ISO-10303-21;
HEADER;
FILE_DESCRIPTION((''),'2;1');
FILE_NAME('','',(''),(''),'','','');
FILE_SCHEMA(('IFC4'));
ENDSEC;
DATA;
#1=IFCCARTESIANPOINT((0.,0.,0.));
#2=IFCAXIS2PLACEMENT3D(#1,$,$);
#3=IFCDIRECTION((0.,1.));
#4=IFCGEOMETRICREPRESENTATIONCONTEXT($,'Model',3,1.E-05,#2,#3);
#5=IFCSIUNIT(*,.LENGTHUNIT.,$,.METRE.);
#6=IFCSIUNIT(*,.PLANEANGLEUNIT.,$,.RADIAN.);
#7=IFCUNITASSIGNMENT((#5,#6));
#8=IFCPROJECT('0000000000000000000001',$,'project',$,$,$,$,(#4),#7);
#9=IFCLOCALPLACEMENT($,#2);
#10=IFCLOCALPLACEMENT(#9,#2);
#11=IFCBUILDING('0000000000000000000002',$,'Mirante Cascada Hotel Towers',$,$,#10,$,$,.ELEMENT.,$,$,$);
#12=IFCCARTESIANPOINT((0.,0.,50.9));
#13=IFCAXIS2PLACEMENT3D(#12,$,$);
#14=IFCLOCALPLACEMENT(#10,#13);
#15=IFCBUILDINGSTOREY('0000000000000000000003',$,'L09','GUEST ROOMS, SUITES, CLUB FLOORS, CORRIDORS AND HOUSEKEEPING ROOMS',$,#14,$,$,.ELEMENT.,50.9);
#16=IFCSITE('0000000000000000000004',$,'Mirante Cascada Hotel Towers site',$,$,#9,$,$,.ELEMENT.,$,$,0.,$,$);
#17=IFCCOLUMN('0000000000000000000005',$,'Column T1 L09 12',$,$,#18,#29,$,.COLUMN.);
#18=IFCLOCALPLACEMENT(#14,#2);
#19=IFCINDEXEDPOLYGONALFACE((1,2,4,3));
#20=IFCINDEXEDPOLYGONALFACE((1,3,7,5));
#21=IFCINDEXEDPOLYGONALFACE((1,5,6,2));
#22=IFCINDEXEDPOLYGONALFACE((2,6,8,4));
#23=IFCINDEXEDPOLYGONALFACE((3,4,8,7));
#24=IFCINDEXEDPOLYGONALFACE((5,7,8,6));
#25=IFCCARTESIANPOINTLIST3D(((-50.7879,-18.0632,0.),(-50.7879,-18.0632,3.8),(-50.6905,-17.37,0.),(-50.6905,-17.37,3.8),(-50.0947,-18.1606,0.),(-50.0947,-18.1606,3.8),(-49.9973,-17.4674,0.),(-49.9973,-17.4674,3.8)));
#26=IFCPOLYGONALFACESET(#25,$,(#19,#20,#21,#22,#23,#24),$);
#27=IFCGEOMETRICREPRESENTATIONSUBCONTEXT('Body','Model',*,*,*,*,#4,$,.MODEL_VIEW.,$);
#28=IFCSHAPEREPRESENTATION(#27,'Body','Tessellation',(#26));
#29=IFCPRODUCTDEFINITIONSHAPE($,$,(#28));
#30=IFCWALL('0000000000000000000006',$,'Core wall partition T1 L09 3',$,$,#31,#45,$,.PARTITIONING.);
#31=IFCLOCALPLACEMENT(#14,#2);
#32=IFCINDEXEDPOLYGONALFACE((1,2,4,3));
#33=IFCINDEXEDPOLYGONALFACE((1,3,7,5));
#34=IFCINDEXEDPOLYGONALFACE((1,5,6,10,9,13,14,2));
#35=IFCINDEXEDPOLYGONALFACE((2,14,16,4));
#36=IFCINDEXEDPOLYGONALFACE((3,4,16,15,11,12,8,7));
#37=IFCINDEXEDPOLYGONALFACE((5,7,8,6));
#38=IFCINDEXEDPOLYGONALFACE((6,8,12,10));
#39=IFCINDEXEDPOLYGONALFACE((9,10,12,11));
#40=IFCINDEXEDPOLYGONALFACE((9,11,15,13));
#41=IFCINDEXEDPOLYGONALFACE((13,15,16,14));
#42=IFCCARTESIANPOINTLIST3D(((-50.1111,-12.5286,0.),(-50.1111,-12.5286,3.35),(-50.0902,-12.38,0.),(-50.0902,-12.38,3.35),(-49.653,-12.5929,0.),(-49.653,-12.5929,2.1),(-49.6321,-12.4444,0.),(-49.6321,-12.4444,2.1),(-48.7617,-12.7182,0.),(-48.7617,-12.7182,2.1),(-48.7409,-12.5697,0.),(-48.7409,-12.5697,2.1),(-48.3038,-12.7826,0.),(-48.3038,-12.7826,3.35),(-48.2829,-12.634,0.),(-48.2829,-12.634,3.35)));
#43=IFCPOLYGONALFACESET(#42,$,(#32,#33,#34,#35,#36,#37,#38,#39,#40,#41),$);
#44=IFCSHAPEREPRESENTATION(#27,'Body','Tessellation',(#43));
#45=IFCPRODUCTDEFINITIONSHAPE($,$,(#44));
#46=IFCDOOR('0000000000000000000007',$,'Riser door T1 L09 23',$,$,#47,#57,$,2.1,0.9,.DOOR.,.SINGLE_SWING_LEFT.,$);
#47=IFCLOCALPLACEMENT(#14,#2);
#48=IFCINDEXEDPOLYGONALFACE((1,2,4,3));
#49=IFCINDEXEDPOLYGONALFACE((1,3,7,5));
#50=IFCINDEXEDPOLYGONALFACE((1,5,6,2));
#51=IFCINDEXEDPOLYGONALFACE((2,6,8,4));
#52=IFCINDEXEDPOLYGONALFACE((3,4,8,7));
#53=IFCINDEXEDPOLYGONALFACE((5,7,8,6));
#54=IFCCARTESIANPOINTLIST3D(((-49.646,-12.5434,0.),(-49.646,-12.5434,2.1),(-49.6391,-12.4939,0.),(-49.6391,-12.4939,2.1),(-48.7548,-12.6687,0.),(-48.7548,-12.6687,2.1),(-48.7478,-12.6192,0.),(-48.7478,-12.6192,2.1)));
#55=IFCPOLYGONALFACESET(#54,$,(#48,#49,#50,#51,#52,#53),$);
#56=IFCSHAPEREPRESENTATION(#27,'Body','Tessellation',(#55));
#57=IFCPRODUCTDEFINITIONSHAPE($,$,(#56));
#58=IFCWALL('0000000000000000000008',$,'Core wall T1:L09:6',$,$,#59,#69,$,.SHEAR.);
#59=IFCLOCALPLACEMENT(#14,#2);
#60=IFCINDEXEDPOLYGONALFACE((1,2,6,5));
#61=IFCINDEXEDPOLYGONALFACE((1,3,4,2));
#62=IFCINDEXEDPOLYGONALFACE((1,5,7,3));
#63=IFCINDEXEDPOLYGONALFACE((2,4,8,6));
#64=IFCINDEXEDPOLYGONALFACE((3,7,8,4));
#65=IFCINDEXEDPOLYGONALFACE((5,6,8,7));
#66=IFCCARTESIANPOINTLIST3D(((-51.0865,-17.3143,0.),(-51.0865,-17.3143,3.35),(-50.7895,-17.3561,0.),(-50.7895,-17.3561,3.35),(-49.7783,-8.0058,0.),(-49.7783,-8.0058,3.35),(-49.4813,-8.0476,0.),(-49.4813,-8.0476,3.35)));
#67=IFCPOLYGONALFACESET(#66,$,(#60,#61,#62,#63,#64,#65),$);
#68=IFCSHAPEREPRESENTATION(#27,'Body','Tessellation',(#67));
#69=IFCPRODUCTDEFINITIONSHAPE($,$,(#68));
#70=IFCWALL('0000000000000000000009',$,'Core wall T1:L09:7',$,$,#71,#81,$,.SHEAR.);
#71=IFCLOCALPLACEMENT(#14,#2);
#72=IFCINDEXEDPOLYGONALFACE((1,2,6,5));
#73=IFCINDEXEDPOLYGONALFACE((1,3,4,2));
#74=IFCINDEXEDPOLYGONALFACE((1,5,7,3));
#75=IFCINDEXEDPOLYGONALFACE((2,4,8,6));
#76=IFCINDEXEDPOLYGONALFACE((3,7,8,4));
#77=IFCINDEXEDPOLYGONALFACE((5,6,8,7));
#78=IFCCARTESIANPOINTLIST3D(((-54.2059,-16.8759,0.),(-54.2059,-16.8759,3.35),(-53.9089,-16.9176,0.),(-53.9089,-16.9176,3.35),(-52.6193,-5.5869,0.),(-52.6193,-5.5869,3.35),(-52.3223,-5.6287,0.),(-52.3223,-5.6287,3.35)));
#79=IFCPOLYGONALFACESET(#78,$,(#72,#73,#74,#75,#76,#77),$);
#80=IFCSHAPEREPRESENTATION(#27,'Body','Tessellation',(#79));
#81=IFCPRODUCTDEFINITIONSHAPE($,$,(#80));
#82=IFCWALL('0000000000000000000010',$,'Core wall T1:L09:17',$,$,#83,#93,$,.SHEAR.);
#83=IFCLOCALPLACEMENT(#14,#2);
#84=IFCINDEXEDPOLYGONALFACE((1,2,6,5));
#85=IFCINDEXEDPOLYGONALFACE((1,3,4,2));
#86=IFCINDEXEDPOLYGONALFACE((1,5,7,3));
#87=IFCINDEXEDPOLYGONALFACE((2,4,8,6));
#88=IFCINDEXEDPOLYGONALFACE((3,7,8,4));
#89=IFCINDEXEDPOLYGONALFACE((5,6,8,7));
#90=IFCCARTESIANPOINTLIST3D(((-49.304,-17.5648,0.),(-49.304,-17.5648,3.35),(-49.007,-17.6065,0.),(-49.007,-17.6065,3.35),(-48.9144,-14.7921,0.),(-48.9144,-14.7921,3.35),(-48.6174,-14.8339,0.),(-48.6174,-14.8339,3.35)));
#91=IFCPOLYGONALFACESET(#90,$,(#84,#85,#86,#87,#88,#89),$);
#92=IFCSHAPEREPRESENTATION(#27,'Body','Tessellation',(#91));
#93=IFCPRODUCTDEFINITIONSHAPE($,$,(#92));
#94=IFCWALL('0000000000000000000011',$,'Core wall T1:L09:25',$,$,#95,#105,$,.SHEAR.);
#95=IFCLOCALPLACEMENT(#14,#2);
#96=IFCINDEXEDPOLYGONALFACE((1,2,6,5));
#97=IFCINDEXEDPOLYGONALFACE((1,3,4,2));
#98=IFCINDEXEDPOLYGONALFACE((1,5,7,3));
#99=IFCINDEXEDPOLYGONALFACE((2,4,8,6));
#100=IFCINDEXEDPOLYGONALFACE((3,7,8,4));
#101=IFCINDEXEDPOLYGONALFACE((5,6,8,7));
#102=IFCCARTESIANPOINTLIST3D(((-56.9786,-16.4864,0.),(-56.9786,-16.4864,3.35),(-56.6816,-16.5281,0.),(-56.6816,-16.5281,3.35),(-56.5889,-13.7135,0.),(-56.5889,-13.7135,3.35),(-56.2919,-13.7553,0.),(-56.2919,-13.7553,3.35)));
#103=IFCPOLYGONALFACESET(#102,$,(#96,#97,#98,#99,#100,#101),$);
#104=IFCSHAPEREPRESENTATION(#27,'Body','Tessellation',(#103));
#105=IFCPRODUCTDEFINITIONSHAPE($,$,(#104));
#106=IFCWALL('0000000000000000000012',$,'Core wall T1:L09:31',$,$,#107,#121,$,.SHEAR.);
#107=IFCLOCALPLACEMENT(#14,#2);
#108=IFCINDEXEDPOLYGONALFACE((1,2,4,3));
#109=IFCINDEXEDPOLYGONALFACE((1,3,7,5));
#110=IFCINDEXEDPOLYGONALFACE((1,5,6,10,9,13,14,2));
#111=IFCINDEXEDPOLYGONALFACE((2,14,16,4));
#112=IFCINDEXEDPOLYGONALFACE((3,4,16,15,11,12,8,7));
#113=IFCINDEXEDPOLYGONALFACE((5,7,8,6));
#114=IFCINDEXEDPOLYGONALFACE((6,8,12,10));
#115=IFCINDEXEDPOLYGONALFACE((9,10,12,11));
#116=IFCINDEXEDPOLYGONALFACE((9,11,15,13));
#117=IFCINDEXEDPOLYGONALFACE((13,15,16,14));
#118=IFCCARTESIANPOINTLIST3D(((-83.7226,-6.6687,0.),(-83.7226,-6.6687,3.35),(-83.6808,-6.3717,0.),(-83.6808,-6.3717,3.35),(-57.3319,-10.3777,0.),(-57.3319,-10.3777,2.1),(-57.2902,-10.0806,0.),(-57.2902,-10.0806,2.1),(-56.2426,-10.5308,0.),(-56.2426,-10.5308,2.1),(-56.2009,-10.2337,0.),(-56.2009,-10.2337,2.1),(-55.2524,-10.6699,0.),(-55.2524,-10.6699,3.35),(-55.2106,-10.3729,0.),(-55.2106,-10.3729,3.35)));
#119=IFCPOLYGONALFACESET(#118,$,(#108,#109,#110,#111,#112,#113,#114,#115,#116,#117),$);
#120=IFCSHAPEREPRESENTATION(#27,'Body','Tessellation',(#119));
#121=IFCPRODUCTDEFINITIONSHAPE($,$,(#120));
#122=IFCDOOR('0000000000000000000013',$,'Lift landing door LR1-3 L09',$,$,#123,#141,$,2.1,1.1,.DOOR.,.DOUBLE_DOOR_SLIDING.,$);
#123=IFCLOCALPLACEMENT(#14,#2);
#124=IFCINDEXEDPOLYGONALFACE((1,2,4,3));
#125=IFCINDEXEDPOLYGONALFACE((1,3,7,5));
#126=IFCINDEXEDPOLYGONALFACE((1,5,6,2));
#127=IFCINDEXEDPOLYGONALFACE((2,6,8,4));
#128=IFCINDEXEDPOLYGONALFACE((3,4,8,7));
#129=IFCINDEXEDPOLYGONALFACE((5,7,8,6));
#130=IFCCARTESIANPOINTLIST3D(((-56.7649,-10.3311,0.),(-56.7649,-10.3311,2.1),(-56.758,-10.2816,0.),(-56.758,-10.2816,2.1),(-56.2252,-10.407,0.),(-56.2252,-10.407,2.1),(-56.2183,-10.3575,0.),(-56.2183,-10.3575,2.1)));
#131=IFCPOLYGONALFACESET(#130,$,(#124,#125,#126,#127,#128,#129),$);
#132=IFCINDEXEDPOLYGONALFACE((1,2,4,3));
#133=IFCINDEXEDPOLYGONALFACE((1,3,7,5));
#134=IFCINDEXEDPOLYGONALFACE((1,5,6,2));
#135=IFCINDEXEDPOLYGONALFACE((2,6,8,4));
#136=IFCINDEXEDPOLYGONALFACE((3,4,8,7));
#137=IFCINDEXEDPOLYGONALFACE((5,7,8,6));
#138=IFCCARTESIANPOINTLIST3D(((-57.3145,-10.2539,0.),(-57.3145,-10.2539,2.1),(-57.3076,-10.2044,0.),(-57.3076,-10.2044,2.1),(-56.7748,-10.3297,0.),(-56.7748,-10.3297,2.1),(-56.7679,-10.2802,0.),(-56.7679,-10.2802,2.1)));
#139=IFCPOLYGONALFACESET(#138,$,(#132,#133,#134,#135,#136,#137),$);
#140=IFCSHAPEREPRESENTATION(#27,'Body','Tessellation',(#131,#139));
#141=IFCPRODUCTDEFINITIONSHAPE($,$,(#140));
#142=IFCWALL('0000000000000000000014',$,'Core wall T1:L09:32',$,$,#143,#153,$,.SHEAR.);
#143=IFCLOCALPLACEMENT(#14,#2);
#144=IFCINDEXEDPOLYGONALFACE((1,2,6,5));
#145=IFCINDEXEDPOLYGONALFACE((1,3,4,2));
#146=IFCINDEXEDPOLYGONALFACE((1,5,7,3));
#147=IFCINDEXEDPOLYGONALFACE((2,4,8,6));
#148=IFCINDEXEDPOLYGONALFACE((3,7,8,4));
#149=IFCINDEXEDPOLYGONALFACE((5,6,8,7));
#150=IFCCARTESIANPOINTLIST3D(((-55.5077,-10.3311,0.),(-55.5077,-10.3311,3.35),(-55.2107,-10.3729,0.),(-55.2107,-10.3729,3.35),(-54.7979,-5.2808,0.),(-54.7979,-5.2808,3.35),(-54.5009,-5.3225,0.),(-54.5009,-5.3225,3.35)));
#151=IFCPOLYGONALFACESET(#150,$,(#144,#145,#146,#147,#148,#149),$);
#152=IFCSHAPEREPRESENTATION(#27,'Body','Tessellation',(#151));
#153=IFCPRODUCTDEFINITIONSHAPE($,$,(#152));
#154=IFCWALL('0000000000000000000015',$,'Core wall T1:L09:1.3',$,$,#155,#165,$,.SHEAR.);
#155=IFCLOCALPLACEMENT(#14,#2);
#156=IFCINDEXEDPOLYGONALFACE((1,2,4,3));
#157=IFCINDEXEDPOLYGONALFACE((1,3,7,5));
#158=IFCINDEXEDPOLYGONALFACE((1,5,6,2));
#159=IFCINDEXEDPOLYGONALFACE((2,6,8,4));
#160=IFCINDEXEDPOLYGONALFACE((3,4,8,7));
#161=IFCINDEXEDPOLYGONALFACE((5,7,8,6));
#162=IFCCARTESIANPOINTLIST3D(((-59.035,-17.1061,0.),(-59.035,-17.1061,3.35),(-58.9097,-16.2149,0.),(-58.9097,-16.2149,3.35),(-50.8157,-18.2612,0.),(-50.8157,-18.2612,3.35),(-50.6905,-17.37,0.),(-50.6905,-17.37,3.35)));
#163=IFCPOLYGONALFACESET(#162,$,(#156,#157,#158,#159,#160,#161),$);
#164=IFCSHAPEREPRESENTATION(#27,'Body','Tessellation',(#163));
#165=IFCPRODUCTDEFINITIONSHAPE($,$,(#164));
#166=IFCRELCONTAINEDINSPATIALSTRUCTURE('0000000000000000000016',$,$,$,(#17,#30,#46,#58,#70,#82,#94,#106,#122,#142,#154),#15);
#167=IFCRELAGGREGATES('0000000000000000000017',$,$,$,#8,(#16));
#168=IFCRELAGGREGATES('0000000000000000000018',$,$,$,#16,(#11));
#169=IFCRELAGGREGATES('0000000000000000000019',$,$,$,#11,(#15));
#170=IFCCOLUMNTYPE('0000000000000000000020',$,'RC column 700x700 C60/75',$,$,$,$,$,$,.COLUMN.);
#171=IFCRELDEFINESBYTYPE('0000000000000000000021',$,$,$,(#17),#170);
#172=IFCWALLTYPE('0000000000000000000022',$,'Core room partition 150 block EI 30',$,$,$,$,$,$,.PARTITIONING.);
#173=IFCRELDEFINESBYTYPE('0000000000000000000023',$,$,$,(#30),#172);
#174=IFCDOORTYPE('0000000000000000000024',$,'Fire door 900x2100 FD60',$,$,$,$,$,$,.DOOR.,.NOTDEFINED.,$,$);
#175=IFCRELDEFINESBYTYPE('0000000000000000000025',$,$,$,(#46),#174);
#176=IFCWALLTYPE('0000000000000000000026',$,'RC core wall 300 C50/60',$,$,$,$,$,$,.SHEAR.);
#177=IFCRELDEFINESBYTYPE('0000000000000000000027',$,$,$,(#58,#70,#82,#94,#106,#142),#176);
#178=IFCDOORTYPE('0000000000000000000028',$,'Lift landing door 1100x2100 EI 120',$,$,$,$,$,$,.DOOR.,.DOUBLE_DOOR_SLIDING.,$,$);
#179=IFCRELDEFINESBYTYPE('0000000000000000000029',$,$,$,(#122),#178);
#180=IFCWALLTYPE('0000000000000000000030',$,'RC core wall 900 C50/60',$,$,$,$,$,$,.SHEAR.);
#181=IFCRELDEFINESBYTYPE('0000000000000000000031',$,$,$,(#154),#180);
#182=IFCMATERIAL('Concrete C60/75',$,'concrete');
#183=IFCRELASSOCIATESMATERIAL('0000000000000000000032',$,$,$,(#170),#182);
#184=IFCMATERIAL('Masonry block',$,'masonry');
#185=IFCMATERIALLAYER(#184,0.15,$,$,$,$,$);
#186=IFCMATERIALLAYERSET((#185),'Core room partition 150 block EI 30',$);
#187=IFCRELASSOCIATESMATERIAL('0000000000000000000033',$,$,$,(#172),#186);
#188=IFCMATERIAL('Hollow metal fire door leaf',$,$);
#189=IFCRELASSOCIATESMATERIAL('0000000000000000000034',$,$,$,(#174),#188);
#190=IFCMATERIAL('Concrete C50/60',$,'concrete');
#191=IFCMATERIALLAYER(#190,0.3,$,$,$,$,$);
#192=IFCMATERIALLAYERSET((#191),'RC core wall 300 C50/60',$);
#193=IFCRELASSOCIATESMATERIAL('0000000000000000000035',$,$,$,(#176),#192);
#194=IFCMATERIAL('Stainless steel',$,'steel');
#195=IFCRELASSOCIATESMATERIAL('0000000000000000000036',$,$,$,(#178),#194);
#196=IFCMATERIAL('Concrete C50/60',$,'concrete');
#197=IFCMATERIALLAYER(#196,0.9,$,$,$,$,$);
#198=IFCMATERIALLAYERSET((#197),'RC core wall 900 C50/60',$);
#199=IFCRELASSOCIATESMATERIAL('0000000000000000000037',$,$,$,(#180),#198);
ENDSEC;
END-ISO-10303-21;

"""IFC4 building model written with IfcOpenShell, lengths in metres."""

from ifc_helpers import new_model, si_unit, direction, frame, frame_2d, origin, origin_2d, place, context, subcontext, project, spatial, rectangle, extrude, material, layer, layer_set, material_profile, profile_set, type_object, element, fill, save


model = new_model("IFC4")

# Units and contexts
model_context = context("Model", 3, precision=1e-05, world=origin(), true_north=direction((0.0, 1.0)))
body_context = subcontext(model_context, "Body", "Model", "MODEL_VIEW")
ifc_project = project(units=[si_unit("LENGTHUNIT", "METRE"), si_unit("PLANEANGLEUNIT", "RADIAN")], contexts=[model_context])

# Site, building, storey
site_placement = place(None, origin())
site = spatial("IfcSite", under=ifc_project, at=site_placement, Name="Mirante Cascada Hotel Towers site", CompositionType="ELEMENT", RefElevation=0.0)
building_placement = place(site_placement, origin())
building = spatial("IfcBuilding", under=site, at=building_placement, Name="Mirante Cascada Hotel Towers", CompositionType="ELEMENT")
storey_placement = place(building_placement, frame((0.0, 0.0, 50.9)))
storey = spatial("IfcBuildingStorey", under=building, at=storey_placement, Name="L09", Description="GUEST ROOMS, SUITES, CLUB FLOORS, CORRIDORS AND HOUSEKEEPING ROOMS", CompositionType="ELEMENT", Elevation=50.9)

# Column
ifc_material_1 = material(Name="Concrete C60/75", Category="concrete")
ifc_material_profile = material_profile(ifc_material_1, rectangle(XDim=0.7, YDim=0.7, at=origin_2d()), Name="RC column 700x700 C60/75")
ifc_profile_set = profile_set([ifc_material_profile], Name="Concrete C60/75")
column_type = type_object("IfcColumnType", Name="RC column 700x700 C60/75", PredefinedType="COLUMN", material=ifc_profile_set)
column_placement = place(storey_placement, frame((-50.3926, -17.7653, 0.0), z_axis=(0.0, 0.0, 1.0), x_axis=(-0.990268, 0.139173, 0.0)))
element("IfcColumn", 1, at=column_placement, inside=storey, type_object=column_type, Name="Column T1 L09 12", PredefinedType="COLUMN", context=body_context, shape_type="SweptSolid", body=[
    extrude(rectangle(XDim=0.7, YDim=0.7, at=origin_2d()), origin(), (0.0, 0.0, 1.0), 3.8),
])

# Wall, opening, door
ifc_material_2 = material(Name="Masonry block", Category="masonry")
ifc_layer_1 = layer(ifc_material_2, 0.15)
ifc_layer_set_1 = layer_set([ifc_layer_1], Name="Core room partition 150 block EI 30")
wall_type_1 = type_object("IfcWallType", Name="Core room partition 150 block EI 30", PredefinedType="PARTITIONING", material=ifc_layer_set_1)
wall_1_placement = place(storey_placement, frame((-48.2933, -12.7083, 0.0), z_axis=(0.0, 0.0, 1.0), x_axis=(-0.990268, 0.139173, 0.0)))
wall_1 = element("IfcWall", 2, at=wall_1_placement, inside=storey, type_object=wall_type_1, Name="Core wall partition T1 L09 3", PredefinedType="PARTITIONING", context=body_context, shape_type="SweptSolid", body=[
    extrude(rectangle(XDim=1.8251, YDim=0.15, at=frame_2d((0.9126, 0.0))), origin(), (0.0, 0.0, 1.0), 3.35),
])
opening_1_placement = place(wall_1_placement, frame((0.4625, 0.0, 0.0)))
opening_1 = element("IfcOpeningElement", 3, at=opening_1_placement, cuts=wall_1, PredefinedType="OPENING", context=body_context, shape_type="SweptSolid", body=[
    extrude(rectangle(XDim=0.9, YDim=2.1, at=frame_2d((0.45, 1.05))), frame((0.0, 0.075, 0.0), z_axis=(0.0, -1.0, 0.0), x_axis=(1.0, 0.0, 0.0)), (0.0, 0.0, 1.0), 0.15),
])
ifc_material_3 = material(Name="Hollow metal fire door leaf")
door_type_1 = type_object("IfcDoorType", Name="Fire door 900x2100 FD60", OperationType="NOTDEFINED", PredefinedType="DOOR", material=ifc_material_3)
door_1_placement = place(opening_1_placement, origin())
door_1 = element("IfcDoor", 4, at=door_1_placement, inside=storey, type_object=door_type_1, Name="Riser door T1 L09 23", OperationType="SINGLE_SWING_LEFT", OverallHeight=2.1, OverallWidth=0.9, PredefinedType="DOOR", context=body_context, shape_type="SweptSolid", body=[
    extrude(rectangle(XDim=0.9, YDim=2.1, at=frame_2d((0.45, 1.05))), frame((0.0, 0.025, 0.0), z_axis=(0.0, -1.0, 0.0), x_axis=(1.0, 0.0, 0.0)), (0.0, 0.0, 1.0), 0.05),
])
fill(opening_1, door_1)

# Walls
ifc_material_4 = material(Name="Concrete C50/60", Category="concrete")
ifc_layer_2 = layer(ifc_material_4, 0.3)
ifc_layer_set_2 = layer_set([ifc_layer_2], Name="RC core wall 300 C50/60")
wall_type_2 = type_object("IfcWallType", Name="RC core wall 300 C50/60", PredefinedType="SHEAR", material=ifc_layer_set_2)
wall_2_placement = place(storey_placement, frame((-50.938, -17.3352, 0.0), z_axis=(0.0, 0.0, 1.0), x_axis=(0.139171, 0.990268, 0.0)))
element("IfcWall", 5, at=wall_2_placement, inside=storey, type_object=wall_type_2, Name="Core wall T1:L09:6", PredefinedType="SHEAR", context=body_context, shape_type="SweptSolid", body=[
    extrude(rectangle(XDim=9.4, YDim=0.3, at=frame_2d((4.7, 0.0))), origin(), (0.0, 0.0, 1.0), 3.35),
])
wall_3_placement = place(storey_placement, frame((-54.0574, -16.8968, 0.0), z_axis=(0.0, 0.0, 1.0), x_axis=(0.139176, 0.990268, 0.0)))
element("IfcWall", 6, at=wall_3_placement, inside=storey, type_object=wall_type_2, Name="Core wall T1:L09:7", PredefinedType="SHEAR", context=body_context, shape_type="SweptSolid", body=[
    extrude(rectangle(XDim=11.3999, YDim=0.3, at=frame_2d((5.7, 0.0))), origin(), (0.0, 0.0, 1.0), 3.35),
])
wall_4_placement = place(storey_placement, frame((-49.1555, -17.5857, 0.0), z_axis=(0.0, 0.0, 1.0), x_axis=(0.139146, 0.990272, 0.0)))
element("IfcWall", 7, at=wall_4_placement, inside=storey, type_object=wall_type_2, Name="Core wall T1:L09:17", PredefinedType="SHEAR", context=body_context, shape_type="SweptSolid", body=[
    extrude(rectangle(XDim=2.7999, YDim=0.3, at=frame_2d((1.4, 0.0))), origin(), (0.0, 0.0, 1.0), 3.35),
])

# Shared definitions
ifc_material_5 = material(Name="Stainless steel", Category="steel")
door_type_2 = type_object("IfcDoorType", Name="Lift landing door 1100x2100 EI 120", OperationType="DOUBLE_DOOR_SLIDING", PredefinedType="DOOR", material=ifc_material_5)

# Wall
wall_5_placement = place(storey_placement, frame((-56.8301, -16.5072, 0.0), z_axis=(0.0, 0.0, 1.0), x_axis=(0.139176, 0.990268, 0.0)))
element("IfcWall", 8, at=wall_5_placement, inside=storey, type_object=wall_type_2, Name="Core wall T1:L09:25", PredefinedType="SHEAR", context=body_context, shape_type="SweptSolid", body=[
    extrude(rectangle(XDim=2.8001, YDim=0.3, at=frame_2d((1.4, 0.0))), origin(), (0.0, 0.0, 1.0), 3.35),
])

# Wall, opening, door
wall_6_placement = place(storey_placement, frame((-55.2315, -10.5214, 0.0), z_axis=(0.0, 0.0, 1.0), x_axis=(-0.990268, 0.139172, 0.0)))
wall_6 = element("IfcWall", 9, at=wall_6_placement, inside=storey, type_object=wall_type_2, Name="Core wall T1:L09:31", PredefinedType="SHEAR", context=body_context, shape_type="SweptSolid", body=[
    extrude(rectangle(XDim=28.75, YDim=0.3, at=frame_2d((14.375, 0.0))), origin(), (0.0, 0.0, 1.0), 3.35),
])
opening_2_placement = place(wall_6_placement, frame((1.0, 0.0, 0.0)))
opening_2 = element("IfcOpeningElement", 10, at=opening_2_placement, cuts=wall_6, PredefinedType="OPENING", context=body_context, shape_type="SweptSolid", body=[
    extrude(rectangle(XDim=1.1, YDim=2.1, at=frame_2d((0.55, 1.05))), frame((0.0, 0.15, 0.0), z_axis=(0.0, -1.0, 0.0), x_axis=(1.0, 0.0, 0.0)), (0.0, 0.0, 1.0), 0.3),
])
door_2_placement = place(opening_2_placement, origin())
door_2 = element("IfcDoor", 11, at=door_2_placement, inside=storey, type_object=door_type_2, Name="Lift landing door LR1-3 L09", OperationType="DOUBLE_DOOR_SLIDING", OverallHeight=2.1, OverallWidth=1.1, PredefinedType="DOOR", context=body_context, shape_type="SweptSolid", body=[
    extrude(rectangle(XDim=0.545, YDim=2.1, at=frame_2d((0.2725, 1.05))), frame((0.0, 0.025, 0.0), z_axis=(0.0, -1.0, 0.0), x_axis=(1.0, 0.0, 0.0)), (0.0, 0.0, 1.0), 0.05),
    extrude(rectangle(XDim=0.545, YDim=2.1, at=frame_2d((0.8275, 1.05))), frame((0.0, 0.025, 0.0), z_axis=(0.0, -1.0, 0.0), x_axis=(1.0, 0.0, 0.0)), (0.0, 0.0, 1.0), 0.05),
])
fill(opening_2, door_2)

# Walls
wall_7_placement = place(storey_placement, frame((-55.3592, -10.352, 0.0), z_axis=(0.0, 0.0, 1.0), x_axis=(0.139176, 0.990268, 0.0)))
element("IfcWall", 12, at=wall_7_placement, inside=storey, type_object=wall_type_2, Name="Core wall T1:L09:32", PredefinedType="SHEAR", context=body_context, shape_type="SweptSolid", body=[
    extrude(rectangle(XDim=5.1, YDim=0.3, at=frame_2d((2.55, 0.0))), origin(), (0.0, 0.0, 1.0), 3.35),
])
ifc_material_6 = material(Name="Concrete C50/60", Category="concrete")
ifc_layer_3 = layer(ifc_material_6, 0.9)
ifc_layer_set_3 = layer_set([ifc_layer_3], Name="RC core wall 900 C50/60")
wall_type_3 = type_object("IfcWallType", Name="RC core wall 900 C50/60", PredefinedType="SHEAR", material=ifc_layer_set_3)
wall_8_placement = place(storey_placement, frame((-50.7531, -17.8156, 0.0), z_axis=(0.0, 0.0, 1.0), x_axis=(-0.990269, 0.139169, 0.0)))
element("IfcWall", 13, at=wall_8_placement, inside=storey, type_object=wall_type_3, Name="Core wall T1:L09:1.3", PredefinedType="SHEAR", context=body_context, shape_type="SweptSolid", body=[
    extrude(rectangle(XDim=8.3, YDim=0.9, at=frame_2d((4.15, 0.0))), origin(), (0.0, 0.0, 1.0), 3.35),
])

save(model, "model.ifc")
